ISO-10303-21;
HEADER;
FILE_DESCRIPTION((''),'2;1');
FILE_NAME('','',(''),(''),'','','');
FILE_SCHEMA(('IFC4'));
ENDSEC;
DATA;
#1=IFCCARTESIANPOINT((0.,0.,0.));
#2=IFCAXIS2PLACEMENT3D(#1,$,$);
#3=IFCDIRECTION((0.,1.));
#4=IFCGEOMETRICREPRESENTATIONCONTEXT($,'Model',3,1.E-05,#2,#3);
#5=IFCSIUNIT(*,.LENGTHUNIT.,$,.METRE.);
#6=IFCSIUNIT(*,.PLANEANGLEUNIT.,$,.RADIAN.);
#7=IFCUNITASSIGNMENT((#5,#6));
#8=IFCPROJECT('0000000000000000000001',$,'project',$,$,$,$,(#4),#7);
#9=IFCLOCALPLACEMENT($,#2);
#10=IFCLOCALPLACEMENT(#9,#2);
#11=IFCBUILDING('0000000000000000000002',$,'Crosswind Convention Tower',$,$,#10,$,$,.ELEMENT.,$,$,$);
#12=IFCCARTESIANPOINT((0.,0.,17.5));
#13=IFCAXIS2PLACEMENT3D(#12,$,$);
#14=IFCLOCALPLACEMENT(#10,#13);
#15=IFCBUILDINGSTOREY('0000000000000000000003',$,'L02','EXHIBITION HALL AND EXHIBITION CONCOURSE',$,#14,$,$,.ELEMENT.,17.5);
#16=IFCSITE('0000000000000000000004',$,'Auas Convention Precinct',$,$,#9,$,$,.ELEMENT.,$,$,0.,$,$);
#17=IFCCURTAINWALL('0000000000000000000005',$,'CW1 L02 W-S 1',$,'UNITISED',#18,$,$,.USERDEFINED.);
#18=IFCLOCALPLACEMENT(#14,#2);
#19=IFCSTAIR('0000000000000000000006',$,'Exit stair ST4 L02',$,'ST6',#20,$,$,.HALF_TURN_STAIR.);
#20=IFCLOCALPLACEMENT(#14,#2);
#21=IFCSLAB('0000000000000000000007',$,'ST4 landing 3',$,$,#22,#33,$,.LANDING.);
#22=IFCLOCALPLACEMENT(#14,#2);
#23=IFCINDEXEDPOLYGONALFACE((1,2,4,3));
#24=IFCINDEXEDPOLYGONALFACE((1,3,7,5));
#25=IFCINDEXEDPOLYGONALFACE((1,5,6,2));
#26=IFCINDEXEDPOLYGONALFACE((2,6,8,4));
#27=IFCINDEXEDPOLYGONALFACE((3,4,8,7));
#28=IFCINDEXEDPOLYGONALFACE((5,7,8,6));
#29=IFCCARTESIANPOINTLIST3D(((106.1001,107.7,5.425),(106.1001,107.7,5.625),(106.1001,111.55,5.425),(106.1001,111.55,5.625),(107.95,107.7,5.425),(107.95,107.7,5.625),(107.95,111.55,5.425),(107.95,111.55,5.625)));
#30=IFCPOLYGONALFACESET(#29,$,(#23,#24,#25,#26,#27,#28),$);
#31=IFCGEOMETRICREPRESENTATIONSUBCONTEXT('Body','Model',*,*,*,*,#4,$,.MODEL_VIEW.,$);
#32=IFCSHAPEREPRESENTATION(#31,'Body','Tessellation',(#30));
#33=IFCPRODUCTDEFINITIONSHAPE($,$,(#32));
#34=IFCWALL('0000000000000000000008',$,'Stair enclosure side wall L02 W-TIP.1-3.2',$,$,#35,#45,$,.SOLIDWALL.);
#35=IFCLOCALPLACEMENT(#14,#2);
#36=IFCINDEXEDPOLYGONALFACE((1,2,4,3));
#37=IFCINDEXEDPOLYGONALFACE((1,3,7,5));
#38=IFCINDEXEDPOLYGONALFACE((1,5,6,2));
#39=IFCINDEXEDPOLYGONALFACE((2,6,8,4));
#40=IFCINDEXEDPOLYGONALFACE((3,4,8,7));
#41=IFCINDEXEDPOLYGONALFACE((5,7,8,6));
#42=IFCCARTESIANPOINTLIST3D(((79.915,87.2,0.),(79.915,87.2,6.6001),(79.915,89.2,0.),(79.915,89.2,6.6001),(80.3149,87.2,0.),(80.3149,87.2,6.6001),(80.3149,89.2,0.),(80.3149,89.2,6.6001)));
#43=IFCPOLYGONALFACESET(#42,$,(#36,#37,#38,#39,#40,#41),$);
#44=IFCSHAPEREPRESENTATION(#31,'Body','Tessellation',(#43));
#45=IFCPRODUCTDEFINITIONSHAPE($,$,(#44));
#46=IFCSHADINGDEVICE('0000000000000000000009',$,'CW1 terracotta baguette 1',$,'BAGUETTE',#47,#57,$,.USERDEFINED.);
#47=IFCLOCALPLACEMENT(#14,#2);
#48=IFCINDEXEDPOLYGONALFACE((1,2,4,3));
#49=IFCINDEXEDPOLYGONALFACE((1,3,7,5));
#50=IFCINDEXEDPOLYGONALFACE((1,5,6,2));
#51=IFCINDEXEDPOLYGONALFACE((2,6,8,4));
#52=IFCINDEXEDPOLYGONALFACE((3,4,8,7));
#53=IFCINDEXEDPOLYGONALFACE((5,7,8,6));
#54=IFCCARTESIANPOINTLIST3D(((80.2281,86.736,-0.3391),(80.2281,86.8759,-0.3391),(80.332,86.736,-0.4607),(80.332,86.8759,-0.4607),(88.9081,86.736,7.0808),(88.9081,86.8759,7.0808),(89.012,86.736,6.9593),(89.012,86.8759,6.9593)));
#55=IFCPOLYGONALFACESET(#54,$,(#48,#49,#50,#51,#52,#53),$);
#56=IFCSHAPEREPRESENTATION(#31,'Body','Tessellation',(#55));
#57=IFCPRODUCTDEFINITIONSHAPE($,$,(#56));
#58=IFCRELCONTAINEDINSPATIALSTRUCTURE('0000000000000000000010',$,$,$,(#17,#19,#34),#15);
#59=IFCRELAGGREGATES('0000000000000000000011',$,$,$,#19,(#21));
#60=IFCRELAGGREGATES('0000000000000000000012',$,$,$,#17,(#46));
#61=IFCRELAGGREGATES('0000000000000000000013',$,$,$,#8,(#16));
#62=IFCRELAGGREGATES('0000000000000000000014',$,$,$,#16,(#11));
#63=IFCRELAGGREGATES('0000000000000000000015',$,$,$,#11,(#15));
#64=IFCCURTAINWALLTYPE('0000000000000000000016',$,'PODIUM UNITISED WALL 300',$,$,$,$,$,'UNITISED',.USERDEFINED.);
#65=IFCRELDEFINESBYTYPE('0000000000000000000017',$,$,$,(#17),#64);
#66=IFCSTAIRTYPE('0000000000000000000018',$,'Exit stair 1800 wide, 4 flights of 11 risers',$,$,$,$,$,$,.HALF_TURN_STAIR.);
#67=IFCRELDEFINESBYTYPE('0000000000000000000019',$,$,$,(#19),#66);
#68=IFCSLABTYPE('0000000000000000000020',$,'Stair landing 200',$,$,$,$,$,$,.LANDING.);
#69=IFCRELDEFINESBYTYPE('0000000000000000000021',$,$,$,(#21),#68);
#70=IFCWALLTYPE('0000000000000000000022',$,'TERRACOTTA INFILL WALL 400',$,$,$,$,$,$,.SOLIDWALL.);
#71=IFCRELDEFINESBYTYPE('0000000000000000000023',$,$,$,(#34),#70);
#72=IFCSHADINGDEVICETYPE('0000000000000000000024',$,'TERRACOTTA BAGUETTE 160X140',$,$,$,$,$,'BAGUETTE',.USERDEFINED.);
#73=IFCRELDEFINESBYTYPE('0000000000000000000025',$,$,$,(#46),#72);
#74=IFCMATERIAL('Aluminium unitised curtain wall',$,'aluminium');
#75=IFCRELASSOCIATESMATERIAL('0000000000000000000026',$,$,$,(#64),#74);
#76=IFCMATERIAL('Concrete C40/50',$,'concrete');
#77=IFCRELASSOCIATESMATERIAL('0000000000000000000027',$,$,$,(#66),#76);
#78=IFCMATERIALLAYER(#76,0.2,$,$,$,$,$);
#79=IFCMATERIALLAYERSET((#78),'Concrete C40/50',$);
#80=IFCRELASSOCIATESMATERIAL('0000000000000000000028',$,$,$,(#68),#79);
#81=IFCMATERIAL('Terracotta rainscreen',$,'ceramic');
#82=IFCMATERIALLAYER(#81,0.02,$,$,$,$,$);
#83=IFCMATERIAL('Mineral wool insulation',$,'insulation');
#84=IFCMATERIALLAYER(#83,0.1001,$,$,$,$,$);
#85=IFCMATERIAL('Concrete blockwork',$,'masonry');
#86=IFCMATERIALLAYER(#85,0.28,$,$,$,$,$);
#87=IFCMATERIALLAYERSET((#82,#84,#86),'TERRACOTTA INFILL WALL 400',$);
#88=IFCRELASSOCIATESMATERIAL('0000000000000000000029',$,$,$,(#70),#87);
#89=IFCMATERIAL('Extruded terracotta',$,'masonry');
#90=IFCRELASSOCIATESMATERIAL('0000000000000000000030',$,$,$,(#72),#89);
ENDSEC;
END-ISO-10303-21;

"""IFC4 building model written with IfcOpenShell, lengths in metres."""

from ifc_helpers import new_model, si_unit, direction, frame, frame_2d, origin, origin_2d, place, context, subcontext, project, spatial, polyline, rectangle, outline, extrude, material, layer, layer_set, material_profile, profile_set, type_object, element, aggregate, save


model = new_model("IFC4")

# Units and contexts
model_context = context("Model", 3, precision=1e-05, world=origin(), true_north=direction((0.0, 1.0)))
body_context = subcontext(model_context, "Body", "Model", "MODEL_VIEW")
ifc_project = project(units=[si_unit("LENGTHUNIT", "METRE"), si_unit("PLANEANGLEUNIT", "RADIAN")], contexts=[model_context])

# Site, building, storey
site_placement = place(None, origin())
site = spatial("IfcSite", under=ifc_project, at=site_placement, Name="Auas Convention Precinct", CompositionType="ELEMENT", RefElevation=0.0)
building_placement = place(site_placement, origin())
building = spatial("IfcBuilding", under=site, at=building_placement, Name="Crosswind Convention Tower", CompositionType="ELEMENT")
storey_placement = place(building_placement, frame((0.0, 0.0, 17.5)))
storey = spatial("IfcBuildingStorey", under=building, at=storey_placement, Name="L02", Description="EXHIBITION HALL AND EXHIBITION CONCOURSE", CompositionType="ELEMENT", Elevation=17.5)

# Curtain wall
ifc_material_1 = material(Name="Aluminium unitised curtain wall", Category="aluminium")
curtain_wall_type = type_object("IfcCurtainWallType", Name="PODIUM UNITISED WALL 300", ElementType="UNITISED", PredefinedType="USERDEFINED", material=ifc_material_1)
curtain_wall_placement = place(storey_placement, origin())
curtain_wall = element("IfcCurtainWall", 1, at=curtain_wall_placement, inside=storey, type_object=curtain_wall_type, Name="CW1 L02 W-S 1", ObjectType="UNITISED", PredefinedType="USERDEFINED")

# Shared definitions
ifc_material_2 = material(Name="Concrete C40/50", Category="concrete")

# Stair, slab
stair_type_1 = type_object("IfcStairType", Name="Exit stair 1800 wide, 4 flights of 11 risers", PredefinedType="HALF_TURN_STAIR", material=ifc_material_2)
ifc_layer_1 = layer(ifc_material_2, 0.2)
ifc_layer_set_1 = layer_set([ifc_layer_1], Name="Concrete C40/50")
slab_type_1 = type_object("IfcSlabType", Name="Stair landing 200", PredefinedType="LANDING", material=ifc_layer_set_1)
stair_1_placement = place(storey_placement, origin())
stair_1 = element("IfcStair", 2, at=stair_1_placement, inside=storey, type_object=stair_type_1, Name="Exit stair ST4 L02", ObjectType="ST6", PredefinedType="HALF_TURN_STAIR")
slab_1_placement = place(storey_placement, frame((0.0, 0.0, 5.425)))
slab_1 = element("IfcSlab", 3, at=slab_1_placement, type_object=slab_type_1, Name="ST4 landing 3", PredefinedType="LANDING", context=body_context, shape_type="SweptSolid", body=[
    extrude(outline(polyline([(107.95, 107.7), (107.95, 111.55), (106.1001, 111.55), (106.1001, 107.7), (107.95, 107.7)])), origin(), (0.0, 0.0, 1.0), 0.2),
])
aggregate(stair_1, [slab_1])

# Wall
ifc_material_3 = material(Name="Terracotta rainscreen", Category="ceramic")
ifc_layer_2 = layer(ifc_material_3, 0.02)
ifc_material_4 = material(Name="Mineral wool insulation", Category="insulation")
ifc_layer_3 = layer(ifc_material_4, 0.1001)
ifc_material_5 = material(Name="Concrete blockwork", Category="masonry")
ifc_layer_4 = layer(ifc_material_5, 0.28)
ifc_layer_set_2 = layer_set([ifc_layer_2, ifc_layer_3, ifc_layer_4], Name="TERRACOTTA INFILL WALL 400")
wall_type = type_object("IfcWallType", Name="TERRACOTTA INFILL WALL 400", PredefinedType="SOLIDWALL", material=ifc_layer_set_2)
wall_placement = place(storey_placement, frame((80.115, 89.2, 0.0), z_axis=(0.0, 0.0, 1.0), x_axis=(0.0, -1.0, 0.0)))
element("IfcWall", 4, at=wall_placement, inside=storey, type_object=wall_type, Name="Stair enclosure side wall L02 W-TIP.1-3.2", PredefinedType="SOLIDWALL", context=body_context, shape_type="SweptSolid", body=[
    extrude(rectangle(XDim=2.0, YDim=0.3999, at=frame_2d((1.0, 0.0))), origin(), (0.0, 0.0, 1.0), 6.6001),
])

# Shading device
ifc_material_6 = material(Name="Extruded terracotta", Category="masonry")
ifc_material_profile_1 = material_profile(ifc_material_6, rectangle(XDim=0.1399, YDim=0.1599, at=origin_2d()), Name="TC 140X160")
ifc_profile_set_1 = profile_set([ifc_material_profile_1], Name="Extruded terracotta")
shading_device_type = type_object("IfcShadingDeviceType", Name="TERRACOTTA BAGUETTE 160X140", ElementType="BAGUETTE", PredefinedType="USERDEFINED", material=ifc_profile_set_1)
shading_device_placement = place(storey_placement, frame((80.28, 86.8059, -0.3999), z_axis=(0.760122, 0.0, 0.64978), x_axis=(0.0, 1.0, 0.0)))
shading_device = element("IfcShadingDevice", 5, at=shading_device_placement, type_object=shading_device_type, Name="CW1 terracotta baguette 1", ObjectType="BAGUETTE", PredefinedType="USERDEFINED", context=body_context, shape_type="SweptSolid", body=[
    extrude(rectangle(XDim=0.1399, YDim=0.1599, at=origin_2d()), origin(), (0.0, 0.0, 1.0), 11.4192),
])
aggregate(curtain_wall, [shading_device])

save(model, "model.ifc")
